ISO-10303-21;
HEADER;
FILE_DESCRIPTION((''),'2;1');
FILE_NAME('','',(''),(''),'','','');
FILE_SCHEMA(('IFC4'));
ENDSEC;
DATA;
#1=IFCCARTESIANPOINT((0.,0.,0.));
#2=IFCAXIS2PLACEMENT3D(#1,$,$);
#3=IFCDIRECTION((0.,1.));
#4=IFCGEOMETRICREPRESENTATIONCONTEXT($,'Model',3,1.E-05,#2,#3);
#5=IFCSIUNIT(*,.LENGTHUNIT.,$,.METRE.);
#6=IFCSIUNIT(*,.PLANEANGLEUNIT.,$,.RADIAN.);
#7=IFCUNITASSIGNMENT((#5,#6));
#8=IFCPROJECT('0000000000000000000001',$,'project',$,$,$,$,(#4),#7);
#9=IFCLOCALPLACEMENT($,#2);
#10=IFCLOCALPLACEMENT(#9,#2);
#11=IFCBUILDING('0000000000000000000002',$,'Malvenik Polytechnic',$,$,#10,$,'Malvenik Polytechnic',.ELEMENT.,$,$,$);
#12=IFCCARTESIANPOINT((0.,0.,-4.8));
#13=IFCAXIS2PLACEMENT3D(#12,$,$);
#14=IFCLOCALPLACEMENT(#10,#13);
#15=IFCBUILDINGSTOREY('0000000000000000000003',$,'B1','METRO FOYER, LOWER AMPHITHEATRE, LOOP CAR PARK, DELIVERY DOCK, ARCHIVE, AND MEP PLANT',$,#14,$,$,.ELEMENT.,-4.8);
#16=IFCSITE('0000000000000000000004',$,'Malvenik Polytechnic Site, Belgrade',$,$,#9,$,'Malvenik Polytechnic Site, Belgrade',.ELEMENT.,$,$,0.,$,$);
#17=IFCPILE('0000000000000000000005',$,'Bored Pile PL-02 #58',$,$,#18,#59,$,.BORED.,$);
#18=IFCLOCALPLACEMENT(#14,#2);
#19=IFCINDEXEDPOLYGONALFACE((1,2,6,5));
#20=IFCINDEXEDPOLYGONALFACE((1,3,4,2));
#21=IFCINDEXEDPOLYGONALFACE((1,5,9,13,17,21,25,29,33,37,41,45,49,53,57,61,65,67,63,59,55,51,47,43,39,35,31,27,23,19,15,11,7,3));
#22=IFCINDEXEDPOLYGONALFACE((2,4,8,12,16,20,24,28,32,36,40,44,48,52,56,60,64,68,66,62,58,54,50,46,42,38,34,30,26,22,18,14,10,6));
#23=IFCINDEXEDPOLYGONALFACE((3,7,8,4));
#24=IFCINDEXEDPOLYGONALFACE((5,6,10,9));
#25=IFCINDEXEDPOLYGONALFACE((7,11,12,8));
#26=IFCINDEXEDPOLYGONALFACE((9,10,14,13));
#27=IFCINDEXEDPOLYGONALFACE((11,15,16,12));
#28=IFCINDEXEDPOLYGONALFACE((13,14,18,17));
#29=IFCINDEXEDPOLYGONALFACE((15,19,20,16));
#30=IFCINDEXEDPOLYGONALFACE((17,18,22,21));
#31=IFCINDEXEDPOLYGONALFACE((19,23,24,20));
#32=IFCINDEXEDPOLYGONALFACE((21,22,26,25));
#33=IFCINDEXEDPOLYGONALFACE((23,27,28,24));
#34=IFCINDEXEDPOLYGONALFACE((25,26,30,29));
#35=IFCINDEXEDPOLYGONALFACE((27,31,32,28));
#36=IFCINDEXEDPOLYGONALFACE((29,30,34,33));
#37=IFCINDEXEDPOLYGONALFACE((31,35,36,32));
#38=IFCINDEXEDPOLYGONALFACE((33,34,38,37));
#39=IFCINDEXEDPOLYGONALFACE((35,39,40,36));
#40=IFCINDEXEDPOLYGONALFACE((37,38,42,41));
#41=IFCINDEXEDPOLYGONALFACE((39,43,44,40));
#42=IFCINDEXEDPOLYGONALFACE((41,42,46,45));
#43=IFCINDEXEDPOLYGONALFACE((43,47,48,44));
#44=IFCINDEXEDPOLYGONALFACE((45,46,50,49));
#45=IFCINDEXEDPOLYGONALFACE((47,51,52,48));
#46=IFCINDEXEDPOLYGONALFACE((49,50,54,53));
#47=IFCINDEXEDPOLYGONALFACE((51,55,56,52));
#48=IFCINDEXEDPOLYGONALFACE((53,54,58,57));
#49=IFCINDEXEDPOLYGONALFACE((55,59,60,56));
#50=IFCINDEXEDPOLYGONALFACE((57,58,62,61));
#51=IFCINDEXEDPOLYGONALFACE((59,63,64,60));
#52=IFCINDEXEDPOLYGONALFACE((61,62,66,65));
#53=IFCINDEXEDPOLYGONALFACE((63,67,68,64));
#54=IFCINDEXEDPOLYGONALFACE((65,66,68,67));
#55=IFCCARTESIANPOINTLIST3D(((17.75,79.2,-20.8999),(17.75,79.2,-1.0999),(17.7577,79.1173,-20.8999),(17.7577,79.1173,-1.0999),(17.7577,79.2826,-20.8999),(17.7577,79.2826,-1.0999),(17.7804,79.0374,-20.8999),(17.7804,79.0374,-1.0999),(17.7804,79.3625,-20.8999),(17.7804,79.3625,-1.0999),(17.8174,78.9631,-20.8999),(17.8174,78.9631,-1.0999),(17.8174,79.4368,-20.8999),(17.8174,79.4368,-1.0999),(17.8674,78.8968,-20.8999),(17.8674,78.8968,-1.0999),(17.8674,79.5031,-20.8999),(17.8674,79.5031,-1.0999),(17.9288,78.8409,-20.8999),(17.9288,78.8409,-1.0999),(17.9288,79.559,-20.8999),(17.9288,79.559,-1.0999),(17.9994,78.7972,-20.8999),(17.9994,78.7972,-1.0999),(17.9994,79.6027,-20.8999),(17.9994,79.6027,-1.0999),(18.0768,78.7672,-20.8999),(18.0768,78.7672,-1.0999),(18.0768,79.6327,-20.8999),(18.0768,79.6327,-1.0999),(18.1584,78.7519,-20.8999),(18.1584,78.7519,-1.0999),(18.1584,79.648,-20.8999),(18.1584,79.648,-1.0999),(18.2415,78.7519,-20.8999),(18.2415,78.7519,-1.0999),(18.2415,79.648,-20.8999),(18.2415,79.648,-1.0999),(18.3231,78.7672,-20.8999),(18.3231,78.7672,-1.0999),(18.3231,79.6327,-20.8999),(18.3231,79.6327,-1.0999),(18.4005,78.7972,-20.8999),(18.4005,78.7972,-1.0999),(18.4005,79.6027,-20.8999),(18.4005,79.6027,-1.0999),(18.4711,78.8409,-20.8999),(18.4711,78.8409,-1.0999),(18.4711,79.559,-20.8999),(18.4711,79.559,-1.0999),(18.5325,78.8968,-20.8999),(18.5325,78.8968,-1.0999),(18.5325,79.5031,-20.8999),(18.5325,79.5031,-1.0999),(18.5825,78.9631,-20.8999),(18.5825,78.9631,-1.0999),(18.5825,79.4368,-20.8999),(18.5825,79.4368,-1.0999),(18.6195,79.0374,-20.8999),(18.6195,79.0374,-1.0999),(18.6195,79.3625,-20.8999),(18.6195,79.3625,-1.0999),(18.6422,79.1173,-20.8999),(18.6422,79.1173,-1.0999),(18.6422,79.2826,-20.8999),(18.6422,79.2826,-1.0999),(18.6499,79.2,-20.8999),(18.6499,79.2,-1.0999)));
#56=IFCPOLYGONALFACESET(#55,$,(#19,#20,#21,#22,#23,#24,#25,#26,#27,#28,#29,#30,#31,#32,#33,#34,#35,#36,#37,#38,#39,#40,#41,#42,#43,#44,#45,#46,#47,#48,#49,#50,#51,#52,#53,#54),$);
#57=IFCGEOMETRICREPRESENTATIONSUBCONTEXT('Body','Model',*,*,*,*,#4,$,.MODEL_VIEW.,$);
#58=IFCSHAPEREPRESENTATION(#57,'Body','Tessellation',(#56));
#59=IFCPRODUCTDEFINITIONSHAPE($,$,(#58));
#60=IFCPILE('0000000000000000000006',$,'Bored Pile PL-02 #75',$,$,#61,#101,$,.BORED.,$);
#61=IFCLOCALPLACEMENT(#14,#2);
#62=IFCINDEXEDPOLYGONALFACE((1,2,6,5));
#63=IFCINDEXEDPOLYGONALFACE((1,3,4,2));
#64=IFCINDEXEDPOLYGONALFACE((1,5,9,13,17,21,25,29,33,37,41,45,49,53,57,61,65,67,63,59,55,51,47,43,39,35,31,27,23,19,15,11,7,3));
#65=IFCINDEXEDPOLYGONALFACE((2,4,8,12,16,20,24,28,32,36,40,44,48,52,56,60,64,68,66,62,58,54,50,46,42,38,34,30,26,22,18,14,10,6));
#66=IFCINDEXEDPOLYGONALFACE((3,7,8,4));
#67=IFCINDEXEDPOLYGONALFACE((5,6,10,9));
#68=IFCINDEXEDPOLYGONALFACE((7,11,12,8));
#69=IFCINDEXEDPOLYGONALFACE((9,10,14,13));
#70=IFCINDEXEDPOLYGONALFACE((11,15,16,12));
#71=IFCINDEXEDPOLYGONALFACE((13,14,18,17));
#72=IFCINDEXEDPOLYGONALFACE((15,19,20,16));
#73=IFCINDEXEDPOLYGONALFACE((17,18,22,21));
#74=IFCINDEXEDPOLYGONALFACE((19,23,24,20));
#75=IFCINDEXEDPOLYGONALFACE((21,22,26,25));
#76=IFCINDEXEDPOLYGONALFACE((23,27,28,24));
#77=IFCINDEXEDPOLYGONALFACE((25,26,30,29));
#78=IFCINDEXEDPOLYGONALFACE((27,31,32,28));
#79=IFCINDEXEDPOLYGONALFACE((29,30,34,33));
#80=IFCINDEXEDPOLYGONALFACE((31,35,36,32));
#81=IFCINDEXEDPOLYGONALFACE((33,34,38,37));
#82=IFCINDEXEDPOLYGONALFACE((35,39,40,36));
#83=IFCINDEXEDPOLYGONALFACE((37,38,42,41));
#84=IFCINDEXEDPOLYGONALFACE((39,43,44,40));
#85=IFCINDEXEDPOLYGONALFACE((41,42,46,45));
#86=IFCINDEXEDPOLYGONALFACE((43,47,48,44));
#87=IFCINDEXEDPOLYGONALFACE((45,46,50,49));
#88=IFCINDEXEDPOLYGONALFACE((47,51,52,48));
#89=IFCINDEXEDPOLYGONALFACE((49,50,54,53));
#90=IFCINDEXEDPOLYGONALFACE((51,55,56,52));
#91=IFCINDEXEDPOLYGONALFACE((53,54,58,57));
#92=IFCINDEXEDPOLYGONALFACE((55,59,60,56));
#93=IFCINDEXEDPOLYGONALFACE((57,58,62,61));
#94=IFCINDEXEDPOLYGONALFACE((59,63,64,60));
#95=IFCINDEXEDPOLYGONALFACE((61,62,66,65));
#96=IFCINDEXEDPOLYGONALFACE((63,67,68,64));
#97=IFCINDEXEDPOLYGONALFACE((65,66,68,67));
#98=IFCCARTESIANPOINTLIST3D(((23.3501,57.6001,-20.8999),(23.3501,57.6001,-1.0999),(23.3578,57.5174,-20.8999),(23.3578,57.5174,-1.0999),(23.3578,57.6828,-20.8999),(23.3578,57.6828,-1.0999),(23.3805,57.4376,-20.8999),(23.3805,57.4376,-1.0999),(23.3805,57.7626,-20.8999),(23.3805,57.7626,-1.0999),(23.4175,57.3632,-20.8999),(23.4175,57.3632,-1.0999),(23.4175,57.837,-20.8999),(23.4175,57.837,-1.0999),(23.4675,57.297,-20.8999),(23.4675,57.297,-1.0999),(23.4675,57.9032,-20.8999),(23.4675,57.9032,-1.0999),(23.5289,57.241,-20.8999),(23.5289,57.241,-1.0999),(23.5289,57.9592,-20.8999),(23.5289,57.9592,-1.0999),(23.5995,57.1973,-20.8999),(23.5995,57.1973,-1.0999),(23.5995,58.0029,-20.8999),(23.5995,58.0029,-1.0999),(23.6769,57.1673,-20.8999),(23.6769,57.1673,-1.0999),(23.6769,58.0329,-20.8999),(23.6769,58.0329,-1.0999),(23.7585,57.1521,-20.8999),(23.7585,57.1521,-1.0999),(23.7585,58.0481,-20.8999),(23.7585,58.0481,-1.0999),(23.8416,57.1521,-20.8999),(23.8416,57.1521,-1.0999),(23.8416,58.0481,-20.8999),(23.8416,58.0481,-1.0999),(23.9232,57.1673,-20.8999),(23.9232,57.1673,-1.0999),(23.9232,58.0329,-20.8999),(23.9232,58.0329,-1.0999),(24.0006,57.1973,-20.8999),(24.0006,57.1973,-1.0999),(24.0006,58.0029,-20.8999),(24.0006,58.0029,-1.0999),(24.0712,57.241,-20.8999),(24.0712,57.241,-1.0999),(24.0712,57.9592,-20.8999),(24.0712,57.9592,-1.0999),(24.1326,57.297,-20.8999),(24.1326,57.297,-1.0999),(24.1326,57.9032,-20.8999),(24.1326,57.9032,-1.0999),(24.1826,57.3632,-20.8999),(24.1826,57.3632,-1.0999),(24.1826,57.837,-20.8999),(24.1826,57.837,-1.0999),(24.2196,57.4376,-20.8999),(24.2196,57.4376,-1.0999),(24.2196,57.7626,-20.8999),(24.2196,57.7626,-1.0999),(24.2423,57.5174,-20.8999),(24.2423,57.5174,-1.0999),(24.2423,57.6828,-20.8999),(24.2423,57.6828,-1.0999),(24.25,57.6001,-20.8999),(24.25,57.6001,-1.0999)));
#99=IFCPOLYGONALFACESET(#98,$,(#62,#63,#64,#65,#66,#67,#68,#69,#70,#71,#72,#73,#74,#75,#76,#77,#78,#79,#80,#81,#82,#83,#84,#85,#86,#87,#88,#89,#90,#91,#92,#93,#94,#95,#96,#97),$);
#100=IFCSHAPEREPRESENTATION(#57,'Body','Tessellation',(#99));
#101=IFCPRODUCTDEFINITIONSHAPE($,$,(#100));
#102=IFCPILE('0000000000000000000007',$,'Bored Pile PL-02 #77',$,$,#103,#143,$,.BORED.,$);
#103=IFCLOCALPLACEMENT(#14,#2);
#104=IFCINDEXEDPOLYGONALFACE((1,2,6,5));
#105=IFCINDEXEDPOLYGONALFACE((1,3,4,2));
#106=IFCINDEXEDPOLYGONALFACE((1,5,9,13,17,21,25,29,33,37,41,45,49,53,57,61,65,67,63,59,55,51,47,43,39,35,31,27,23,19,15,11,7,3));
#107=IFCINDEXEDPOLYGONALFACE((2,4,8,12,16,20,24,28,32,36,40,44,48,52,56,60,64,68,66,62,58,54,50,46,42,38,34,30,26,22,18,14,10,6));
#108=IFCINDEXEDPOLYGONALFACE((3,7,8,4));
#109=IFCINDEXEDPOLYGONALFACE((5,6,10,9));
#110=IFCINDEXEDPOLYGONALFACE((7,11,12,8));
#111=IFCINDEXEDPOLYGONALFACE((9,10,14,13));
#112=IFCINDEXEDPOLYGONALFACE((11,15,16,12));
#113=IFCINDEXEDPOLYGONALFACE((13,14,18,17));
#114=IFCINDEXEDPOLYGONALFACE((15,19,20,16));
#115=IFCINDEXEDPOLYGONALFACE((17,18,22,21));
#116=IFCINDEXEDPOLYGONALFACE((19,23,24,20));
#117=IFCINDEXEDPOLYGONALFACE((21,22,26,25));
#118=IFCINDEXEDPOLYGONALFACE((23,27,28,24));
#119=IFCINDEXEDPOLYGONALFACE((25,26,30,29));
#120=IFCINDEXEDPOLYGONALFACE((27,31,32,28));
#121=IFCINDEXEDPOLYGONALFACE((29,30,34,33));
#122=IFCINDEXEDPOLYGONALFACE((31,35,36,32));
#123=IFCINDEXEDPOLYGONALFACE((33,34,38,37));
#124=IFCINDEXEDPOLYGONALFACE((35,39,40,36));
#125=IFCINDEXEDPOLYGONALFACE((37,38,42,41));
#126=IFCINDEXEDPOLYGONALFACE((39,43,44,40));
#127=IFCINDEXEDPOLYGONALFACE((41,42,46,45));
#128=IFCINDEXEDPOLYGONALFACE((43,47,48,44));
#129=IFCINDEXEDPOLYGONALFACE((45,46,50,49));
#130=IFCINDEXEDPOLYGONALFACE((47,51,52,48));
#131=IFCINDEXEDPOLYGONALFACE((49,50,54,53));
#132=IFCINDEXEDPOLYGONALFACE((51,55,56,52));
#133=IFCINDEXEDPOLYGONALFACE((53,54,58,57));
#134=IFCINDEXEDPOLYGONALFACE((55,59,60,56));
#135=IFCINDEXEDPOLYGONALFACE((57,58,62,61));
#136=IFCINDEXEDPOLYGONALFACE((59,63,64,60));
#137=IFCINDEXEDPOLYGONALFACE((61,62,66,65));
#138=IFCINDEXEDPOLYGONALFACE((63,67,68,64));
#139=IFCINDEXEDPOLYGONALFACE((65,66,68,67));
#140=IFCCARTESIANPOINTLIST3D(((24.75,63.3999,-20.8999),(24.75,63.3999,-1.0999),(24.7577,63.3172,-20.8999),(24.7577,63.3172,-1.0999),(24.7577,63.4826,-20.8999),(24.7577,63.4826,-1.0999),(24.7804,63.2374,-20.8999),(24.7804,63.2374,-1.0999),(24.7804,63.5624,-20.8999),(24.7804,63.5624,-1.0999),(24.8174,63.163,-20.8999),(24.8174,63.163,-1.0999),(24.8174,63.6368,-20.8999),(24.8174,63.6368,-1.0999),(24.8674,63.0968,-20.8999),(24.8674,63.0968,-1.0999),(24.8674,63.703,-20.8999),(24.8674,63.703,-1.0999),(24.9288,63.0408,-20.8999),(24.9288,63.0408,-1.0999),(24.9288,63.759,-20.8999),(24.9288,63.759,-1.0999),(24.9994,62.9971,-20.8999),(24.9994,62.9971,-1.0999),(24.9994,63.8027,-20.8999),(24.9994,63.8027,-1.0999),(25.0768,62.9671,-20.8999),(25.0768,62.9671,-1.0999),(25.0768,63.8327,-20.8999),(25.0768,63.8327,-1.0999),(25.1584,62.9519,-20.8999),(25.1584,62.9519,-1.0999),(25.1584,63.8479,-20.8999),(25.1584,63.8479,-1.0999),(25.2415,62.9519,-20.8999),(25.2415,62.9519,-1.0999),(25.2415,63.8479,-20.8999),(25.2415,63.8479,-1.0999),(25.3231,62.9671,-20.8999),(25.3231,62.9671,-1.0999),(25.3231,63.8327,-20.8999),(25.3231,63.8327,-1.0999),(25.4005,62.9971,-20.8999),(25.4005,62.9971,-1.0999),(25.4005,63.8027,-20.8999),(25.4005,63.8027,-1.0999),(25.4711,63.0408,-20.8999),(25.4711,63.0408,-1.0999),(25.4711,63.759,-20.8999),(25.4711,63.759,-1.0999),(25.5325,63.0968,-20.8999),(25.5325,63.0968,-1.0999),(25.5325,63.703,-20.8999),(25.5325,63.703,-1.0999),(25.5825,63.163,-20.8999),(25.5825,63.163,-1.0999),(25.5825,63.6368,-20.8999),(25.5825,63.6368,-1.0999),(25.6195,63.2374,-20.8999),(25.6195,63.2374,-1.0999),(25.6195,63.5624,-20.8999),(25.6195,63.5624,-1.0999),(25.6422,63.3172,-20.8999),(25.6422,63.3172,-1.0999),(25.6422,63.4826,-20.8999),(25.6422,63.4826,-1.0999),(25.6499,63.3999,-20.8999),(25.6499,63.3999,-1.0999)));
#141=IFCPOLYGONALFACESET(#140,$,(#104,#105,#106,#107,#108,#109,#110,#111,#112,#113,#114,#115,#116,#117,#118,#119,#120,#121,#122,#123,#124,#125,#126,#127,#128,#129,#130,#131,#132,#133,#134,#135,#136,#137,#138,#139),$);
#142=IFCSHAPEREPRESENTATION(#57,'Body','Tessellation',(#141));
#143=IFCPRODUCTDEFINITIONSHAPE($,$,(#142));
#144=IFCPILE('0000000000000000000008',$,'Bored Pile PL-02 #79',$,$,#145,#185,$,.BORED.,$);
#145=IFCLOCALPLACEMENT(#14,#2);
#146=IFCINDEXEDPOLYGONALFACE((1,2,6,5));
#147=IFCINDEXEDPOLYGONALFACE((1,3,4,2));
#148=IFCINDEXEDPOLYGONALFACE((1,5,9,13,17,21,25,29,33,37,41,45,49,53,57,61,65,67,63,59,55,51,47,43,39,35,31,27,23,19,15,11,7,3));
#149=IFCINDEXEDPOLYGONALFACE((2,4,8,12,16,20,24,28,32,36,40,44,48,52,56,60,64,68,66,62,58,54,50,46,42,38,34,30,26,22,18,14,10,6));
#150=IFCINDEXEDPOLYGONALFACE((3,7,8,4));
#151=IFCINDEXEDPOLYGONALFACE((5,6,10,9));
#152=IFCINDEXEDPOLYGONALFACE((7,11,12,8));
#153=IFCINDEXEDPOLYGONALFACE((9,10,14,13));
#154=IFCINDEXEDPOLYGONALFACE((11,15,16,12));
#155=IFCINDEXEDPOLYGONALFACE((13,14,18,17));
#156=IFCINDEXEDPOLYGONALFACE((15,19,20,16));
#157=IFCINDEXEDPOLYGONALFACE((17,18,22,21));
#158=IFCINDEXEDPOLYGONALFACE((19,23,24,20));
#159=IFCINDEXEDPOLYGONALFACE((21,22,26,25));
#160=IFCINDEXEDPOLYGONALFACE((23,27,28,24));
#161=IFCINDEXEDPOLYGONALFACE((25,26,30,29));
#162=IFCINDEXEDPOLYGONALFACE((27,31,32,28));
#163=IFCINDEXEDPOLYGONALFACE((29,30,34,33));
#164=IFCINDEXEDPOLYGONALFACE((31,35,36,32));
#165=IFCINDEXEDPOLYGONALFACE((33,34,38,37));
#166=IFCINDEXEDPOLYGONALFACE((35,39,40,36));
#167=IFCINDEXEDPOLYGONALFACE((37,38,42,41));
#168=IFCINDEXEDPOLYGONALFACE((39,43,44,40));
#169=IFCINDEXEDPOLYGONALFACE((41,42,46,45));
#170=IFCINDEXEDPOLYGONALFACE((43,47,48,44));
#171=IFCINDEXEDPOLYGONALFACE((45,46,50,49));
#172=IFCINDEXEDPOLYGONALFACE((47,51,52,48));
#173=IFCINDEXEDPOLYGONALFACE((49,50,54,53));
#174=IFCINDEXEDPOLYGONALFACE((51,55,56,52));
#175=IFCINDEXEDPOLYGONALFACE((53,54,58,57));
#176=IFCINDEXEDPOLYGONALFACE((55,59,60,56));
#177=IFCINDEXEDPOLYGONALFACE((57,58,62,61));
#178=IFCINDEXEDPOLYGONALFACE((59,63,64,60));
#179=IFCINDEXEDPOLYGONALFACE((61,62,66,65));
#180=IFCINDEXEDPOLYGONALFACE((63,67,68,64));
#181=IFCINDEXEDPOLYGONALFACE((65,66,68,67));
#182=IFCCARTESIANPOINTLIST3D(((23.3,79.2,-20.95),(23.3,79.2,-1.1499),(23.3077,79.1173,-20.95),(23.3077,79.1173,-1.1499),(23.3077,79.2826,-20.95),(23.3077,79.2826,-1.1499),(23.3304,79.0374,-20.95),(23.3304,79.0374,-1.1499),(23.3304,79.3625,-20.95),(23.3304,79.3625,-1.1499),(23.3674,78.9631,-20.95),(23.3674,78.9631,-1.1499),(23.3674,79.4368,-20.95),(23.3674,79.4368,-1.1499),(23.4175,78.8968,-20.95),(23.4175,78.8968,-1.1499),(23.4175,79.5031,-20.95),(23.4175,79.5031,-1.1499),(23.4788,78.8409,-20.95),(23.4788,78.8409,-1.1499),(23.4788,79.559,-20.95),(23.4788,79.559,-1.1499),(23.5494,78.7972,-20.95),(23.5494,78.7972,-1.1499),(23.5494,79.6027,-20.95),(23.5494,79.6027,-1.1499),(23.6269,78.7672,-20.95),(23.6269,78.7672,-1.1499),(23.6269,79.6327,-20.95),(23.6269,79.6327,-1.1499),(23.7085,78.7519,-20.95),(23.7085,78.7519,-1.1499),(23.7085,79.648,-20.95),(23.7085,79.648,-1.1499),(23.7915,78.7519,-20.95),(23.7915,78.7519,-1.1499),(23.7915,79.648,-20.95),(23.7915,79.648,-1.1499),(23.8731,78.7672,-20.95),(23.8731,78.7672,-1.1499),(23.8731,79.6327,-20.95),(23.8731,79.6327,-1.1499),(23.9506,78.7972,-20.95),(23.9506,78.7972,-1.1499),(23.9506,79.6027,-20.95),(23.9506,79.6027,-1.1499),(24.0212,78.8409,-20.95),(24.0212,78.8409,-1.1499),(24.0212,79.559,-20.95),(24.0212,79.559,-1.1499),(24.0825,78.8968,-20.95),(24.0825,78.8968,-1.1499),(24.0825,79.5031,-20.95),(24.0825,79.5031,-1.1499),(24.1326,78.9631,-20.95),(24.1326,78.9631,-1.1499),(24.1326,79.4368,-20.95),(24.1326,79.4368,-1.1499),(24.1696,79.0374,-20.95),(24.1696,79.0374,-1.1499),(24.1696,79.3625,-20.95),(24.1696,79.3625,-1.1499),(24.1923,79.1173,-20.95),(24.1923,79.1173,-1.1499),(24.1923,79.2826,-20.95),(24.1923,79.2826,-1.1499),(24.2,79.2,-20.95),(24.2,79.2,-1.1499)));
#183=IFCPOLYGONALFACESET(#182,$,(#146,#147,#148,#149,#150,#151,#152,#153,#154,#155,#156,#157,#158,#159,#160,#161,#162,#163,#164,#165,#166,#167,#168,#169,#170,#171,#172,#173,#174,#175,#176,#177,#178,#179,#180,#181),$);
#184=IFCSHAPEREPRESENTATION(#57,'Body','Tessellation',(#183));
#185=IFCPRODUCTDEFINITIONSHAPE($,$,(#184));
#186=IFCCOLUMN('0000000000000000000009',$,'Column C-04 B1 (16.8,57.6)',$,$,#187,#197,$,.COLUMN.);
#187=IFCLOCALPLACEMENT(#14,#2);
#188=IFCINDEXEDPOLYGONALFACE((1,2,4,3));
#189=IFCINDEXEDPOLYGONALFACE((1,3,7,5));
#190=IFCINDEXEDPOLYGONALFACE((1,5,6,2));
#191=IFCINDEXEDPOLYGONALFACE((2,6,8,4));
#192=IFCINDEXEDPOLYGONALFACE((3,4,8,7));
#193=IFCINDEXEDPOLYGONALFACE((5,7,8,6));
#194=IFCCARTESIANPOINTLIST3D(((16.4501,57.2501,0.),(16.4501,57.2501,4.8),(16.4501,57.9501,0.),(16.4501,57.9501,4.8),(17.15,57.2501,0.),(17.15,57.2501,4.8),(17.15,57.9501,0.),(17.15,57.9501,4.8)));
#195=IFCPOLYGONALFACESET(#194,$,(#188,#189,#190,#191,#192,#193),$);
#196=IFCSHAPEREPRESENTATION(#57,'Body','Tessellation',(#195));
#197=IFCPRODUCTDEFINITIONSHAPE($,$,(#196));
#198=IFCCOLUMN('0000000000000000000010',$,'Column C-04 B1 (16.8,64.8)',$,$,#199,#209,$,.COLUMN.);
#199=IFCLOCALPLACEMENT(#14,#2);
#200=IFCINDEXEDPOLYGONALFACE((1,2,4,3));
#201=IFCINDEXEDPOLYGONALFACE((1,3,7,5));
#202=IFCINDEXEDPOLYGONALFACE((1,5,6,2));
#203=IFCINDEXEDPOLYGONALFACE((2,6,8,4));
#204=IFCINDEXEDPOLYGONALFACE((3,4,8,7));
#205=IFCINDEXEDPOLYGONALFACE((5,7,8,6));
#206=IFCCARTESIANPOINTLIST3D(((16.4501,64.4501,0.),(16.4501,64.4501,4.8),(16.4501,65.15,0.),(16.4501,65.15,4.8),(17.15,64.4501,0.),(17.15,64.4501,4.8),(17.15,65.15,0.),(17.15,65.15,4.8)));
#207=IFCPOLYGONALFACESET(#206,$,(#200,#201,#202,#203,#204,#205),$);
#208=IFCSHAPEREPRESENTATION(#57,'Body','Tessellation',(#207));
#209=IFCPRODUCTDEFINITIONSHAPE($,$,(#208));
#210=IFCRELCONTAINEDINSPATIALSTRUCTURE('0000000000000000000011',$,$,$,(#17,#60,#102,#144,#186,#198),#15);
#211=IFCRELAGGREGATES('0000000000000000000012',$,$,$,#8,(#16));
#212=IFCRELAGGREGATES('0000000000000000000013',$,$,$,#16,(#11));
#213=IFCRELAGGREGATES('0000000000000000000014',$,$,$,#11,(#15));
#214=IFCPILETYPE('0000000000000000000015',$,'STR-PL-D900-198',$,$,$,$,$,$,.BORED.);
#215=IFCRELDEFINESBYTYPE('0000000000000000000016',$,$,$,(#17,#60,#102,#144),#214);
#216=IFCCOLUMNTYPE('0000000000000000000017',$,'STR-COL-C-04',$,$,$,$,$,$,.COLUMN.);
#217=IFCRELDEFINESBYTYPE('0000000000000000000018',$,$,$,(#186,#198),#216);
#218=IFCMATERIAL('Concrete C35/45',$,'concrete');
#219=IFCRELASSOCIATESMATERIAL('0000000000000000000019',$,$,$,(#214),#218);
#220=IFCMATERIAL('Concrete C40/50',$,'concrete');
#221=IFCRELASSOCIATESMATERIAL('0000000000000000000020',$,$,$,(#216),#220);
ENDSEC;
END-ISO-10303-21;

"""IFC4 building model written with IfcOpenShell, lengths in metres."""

from ifc_helpers import new_model, si_unit, direction, frame, origin, origin_2d, place, context, subcontext, project, spatial, rectangle, circle, extrude, material, material_profile, profile_set, type_object, element, save


model = new_model("IFC4")

# Units and contexts
model_context = context("Model", 3, precision=1e-05, world=origin(), true_north=direction((0.0, 1.0)))
body_context = subcontext(model_context, "Body", "Model", "MODEL_VIEW")
ifc_project = project(units=[si_unit("LENGTHUNIT", "METRE"), si_unit("PLANEANGLEUNIT", "RADIAN")], contexts=[model_context])

# Site, building, storey
site_placement = place(None, origin())
site = spatial("IfcSite", under=ifc_project, at=site_placement, Name="Malvenik Polytechnic Site, Belgrade", LongName="Malvenik Polytechnic Site, Belgrade", CompositionType="ELEMENT", RefElevation=0.0)
building_placement = place(site_placement, origin())
building = spatial("IfcBuilding", under=site, at=building_placement, Name="Malvenik Polytechnic", LongName="Malvenik Polytechnic", CompositionType="ELEMENT")
storey_placement = place(building_placement, frame((0.0, 0.0, -4.8)))
storey = spatial("IfcBuildingStorey", under=building, at=storey_placement, Name="B1", Description="METRO FOYER, LOWER AMPHITHEATRE, LOOP CAR PARK, DELIVERY DOCK, ARCHIVE, AND MEP PLANT", CompositionType="ELEMENT", Elevation=-4.8)

# Shared definitions
ifc_material_1 = material(Name="Concrete C35/45", Category="concrete")

# Piles
ifc_material_profile_1 = material_profile(ifc_material_1, circle(Radius=0.45, at=origin_2d()), Name="BORED PILE D900")
ifc_profile_set_1 = profile_set([ifc_material_profile_1], Name="Concrete C35/45")
pile_type = type_object("IfcPileType", Name="STR-PL-D900-198", PredefinedType="BORED", material=ifc_profile_set_1)
for number, where, z_axis, x_axis, name in (
    (1, (18.2, 79.2, -1.0999), (0.0, 0.0, -1.0), (1.0, 0.0, 0.0), "Bored Pile PL-02 #58"),
    (2, (23.8, 57.6001, -1.0999), (0.0, 0.0, -1.0), (1.0, 0.0, 0.0), "Bored Pile PL-02 #75"),
    (3, (25.2, 63.3999, -1.0999), (0.0, 0.0, -1.0), (1.0, 0.0, 0.0), "Bored Pile PL-02 #77"),
    (4, (23.75, 79.2, -1.1499), (0.0, 0.0, -1.0), (1.0, 0.0, 0.0), "Bored Pile PL-02 #79"),
):
    element("IfcPile", number, at=place(storey_placement, frame(where, z_axis=z_axis, x_axis=x_axis)), inside=storey, type_object=pile_type, Name=name, PredefinedType="BORED", context=body_context, shape_type="SweptSolid", body=[
        extrude(circle(Radius=0.45, at=origin_2d()), origin(), (0.0, 0.0, 1.0), 19.8),
    ])

# Columns
ifc_material_2 = material(Name="Concrete C40/50", Category="concrete")
ifc_material_profile_2 = material_profile(ifc_material_2, rectangle(XDim=0.7, YDim=0.7, at=origin_2d()), Name="RC COL 700x700")
ifc_profile_set_2 = profile_set([ifc_material_profile_2], Name="Concrete C40/50")
column_type_1 = type_object("IfcColumnType", Name="STR-COL-C-04", PredefinedType="COLUMN", material=ifc_profile_set_2)
for number, where, z_axis, x_axis, name in (
    (5, (16.8, 57.6001, 0.0), (0.0, 0.0, 1.0), (1.0, 0.0, 0.0), "Column C-04 B1 (16.8,57.6)"),
    (6, (16.8, 64.8, 0.0), (0.0, 0.0, 1.0), (1.0, 0.0, 0.0), "Column C-04 B1 (16.8,64.8)"),
):
    element("IfcColumn", number, at=place(storey_placement, frame(where, z_axis=z_axis, x_axis=x_axis)), inside=storey, type_object=column_type_1, Name=name, PredefinedType="COLUMN", context=body_context, shape_type="SweptSolid", body=[
        extrude(rectangle(XDim=0.7, YDim=0.7, at=origin_2d()), origin(), (0.0, 0.0, 1.0), 4.8),
    ])

save(model, "model.ifc")
